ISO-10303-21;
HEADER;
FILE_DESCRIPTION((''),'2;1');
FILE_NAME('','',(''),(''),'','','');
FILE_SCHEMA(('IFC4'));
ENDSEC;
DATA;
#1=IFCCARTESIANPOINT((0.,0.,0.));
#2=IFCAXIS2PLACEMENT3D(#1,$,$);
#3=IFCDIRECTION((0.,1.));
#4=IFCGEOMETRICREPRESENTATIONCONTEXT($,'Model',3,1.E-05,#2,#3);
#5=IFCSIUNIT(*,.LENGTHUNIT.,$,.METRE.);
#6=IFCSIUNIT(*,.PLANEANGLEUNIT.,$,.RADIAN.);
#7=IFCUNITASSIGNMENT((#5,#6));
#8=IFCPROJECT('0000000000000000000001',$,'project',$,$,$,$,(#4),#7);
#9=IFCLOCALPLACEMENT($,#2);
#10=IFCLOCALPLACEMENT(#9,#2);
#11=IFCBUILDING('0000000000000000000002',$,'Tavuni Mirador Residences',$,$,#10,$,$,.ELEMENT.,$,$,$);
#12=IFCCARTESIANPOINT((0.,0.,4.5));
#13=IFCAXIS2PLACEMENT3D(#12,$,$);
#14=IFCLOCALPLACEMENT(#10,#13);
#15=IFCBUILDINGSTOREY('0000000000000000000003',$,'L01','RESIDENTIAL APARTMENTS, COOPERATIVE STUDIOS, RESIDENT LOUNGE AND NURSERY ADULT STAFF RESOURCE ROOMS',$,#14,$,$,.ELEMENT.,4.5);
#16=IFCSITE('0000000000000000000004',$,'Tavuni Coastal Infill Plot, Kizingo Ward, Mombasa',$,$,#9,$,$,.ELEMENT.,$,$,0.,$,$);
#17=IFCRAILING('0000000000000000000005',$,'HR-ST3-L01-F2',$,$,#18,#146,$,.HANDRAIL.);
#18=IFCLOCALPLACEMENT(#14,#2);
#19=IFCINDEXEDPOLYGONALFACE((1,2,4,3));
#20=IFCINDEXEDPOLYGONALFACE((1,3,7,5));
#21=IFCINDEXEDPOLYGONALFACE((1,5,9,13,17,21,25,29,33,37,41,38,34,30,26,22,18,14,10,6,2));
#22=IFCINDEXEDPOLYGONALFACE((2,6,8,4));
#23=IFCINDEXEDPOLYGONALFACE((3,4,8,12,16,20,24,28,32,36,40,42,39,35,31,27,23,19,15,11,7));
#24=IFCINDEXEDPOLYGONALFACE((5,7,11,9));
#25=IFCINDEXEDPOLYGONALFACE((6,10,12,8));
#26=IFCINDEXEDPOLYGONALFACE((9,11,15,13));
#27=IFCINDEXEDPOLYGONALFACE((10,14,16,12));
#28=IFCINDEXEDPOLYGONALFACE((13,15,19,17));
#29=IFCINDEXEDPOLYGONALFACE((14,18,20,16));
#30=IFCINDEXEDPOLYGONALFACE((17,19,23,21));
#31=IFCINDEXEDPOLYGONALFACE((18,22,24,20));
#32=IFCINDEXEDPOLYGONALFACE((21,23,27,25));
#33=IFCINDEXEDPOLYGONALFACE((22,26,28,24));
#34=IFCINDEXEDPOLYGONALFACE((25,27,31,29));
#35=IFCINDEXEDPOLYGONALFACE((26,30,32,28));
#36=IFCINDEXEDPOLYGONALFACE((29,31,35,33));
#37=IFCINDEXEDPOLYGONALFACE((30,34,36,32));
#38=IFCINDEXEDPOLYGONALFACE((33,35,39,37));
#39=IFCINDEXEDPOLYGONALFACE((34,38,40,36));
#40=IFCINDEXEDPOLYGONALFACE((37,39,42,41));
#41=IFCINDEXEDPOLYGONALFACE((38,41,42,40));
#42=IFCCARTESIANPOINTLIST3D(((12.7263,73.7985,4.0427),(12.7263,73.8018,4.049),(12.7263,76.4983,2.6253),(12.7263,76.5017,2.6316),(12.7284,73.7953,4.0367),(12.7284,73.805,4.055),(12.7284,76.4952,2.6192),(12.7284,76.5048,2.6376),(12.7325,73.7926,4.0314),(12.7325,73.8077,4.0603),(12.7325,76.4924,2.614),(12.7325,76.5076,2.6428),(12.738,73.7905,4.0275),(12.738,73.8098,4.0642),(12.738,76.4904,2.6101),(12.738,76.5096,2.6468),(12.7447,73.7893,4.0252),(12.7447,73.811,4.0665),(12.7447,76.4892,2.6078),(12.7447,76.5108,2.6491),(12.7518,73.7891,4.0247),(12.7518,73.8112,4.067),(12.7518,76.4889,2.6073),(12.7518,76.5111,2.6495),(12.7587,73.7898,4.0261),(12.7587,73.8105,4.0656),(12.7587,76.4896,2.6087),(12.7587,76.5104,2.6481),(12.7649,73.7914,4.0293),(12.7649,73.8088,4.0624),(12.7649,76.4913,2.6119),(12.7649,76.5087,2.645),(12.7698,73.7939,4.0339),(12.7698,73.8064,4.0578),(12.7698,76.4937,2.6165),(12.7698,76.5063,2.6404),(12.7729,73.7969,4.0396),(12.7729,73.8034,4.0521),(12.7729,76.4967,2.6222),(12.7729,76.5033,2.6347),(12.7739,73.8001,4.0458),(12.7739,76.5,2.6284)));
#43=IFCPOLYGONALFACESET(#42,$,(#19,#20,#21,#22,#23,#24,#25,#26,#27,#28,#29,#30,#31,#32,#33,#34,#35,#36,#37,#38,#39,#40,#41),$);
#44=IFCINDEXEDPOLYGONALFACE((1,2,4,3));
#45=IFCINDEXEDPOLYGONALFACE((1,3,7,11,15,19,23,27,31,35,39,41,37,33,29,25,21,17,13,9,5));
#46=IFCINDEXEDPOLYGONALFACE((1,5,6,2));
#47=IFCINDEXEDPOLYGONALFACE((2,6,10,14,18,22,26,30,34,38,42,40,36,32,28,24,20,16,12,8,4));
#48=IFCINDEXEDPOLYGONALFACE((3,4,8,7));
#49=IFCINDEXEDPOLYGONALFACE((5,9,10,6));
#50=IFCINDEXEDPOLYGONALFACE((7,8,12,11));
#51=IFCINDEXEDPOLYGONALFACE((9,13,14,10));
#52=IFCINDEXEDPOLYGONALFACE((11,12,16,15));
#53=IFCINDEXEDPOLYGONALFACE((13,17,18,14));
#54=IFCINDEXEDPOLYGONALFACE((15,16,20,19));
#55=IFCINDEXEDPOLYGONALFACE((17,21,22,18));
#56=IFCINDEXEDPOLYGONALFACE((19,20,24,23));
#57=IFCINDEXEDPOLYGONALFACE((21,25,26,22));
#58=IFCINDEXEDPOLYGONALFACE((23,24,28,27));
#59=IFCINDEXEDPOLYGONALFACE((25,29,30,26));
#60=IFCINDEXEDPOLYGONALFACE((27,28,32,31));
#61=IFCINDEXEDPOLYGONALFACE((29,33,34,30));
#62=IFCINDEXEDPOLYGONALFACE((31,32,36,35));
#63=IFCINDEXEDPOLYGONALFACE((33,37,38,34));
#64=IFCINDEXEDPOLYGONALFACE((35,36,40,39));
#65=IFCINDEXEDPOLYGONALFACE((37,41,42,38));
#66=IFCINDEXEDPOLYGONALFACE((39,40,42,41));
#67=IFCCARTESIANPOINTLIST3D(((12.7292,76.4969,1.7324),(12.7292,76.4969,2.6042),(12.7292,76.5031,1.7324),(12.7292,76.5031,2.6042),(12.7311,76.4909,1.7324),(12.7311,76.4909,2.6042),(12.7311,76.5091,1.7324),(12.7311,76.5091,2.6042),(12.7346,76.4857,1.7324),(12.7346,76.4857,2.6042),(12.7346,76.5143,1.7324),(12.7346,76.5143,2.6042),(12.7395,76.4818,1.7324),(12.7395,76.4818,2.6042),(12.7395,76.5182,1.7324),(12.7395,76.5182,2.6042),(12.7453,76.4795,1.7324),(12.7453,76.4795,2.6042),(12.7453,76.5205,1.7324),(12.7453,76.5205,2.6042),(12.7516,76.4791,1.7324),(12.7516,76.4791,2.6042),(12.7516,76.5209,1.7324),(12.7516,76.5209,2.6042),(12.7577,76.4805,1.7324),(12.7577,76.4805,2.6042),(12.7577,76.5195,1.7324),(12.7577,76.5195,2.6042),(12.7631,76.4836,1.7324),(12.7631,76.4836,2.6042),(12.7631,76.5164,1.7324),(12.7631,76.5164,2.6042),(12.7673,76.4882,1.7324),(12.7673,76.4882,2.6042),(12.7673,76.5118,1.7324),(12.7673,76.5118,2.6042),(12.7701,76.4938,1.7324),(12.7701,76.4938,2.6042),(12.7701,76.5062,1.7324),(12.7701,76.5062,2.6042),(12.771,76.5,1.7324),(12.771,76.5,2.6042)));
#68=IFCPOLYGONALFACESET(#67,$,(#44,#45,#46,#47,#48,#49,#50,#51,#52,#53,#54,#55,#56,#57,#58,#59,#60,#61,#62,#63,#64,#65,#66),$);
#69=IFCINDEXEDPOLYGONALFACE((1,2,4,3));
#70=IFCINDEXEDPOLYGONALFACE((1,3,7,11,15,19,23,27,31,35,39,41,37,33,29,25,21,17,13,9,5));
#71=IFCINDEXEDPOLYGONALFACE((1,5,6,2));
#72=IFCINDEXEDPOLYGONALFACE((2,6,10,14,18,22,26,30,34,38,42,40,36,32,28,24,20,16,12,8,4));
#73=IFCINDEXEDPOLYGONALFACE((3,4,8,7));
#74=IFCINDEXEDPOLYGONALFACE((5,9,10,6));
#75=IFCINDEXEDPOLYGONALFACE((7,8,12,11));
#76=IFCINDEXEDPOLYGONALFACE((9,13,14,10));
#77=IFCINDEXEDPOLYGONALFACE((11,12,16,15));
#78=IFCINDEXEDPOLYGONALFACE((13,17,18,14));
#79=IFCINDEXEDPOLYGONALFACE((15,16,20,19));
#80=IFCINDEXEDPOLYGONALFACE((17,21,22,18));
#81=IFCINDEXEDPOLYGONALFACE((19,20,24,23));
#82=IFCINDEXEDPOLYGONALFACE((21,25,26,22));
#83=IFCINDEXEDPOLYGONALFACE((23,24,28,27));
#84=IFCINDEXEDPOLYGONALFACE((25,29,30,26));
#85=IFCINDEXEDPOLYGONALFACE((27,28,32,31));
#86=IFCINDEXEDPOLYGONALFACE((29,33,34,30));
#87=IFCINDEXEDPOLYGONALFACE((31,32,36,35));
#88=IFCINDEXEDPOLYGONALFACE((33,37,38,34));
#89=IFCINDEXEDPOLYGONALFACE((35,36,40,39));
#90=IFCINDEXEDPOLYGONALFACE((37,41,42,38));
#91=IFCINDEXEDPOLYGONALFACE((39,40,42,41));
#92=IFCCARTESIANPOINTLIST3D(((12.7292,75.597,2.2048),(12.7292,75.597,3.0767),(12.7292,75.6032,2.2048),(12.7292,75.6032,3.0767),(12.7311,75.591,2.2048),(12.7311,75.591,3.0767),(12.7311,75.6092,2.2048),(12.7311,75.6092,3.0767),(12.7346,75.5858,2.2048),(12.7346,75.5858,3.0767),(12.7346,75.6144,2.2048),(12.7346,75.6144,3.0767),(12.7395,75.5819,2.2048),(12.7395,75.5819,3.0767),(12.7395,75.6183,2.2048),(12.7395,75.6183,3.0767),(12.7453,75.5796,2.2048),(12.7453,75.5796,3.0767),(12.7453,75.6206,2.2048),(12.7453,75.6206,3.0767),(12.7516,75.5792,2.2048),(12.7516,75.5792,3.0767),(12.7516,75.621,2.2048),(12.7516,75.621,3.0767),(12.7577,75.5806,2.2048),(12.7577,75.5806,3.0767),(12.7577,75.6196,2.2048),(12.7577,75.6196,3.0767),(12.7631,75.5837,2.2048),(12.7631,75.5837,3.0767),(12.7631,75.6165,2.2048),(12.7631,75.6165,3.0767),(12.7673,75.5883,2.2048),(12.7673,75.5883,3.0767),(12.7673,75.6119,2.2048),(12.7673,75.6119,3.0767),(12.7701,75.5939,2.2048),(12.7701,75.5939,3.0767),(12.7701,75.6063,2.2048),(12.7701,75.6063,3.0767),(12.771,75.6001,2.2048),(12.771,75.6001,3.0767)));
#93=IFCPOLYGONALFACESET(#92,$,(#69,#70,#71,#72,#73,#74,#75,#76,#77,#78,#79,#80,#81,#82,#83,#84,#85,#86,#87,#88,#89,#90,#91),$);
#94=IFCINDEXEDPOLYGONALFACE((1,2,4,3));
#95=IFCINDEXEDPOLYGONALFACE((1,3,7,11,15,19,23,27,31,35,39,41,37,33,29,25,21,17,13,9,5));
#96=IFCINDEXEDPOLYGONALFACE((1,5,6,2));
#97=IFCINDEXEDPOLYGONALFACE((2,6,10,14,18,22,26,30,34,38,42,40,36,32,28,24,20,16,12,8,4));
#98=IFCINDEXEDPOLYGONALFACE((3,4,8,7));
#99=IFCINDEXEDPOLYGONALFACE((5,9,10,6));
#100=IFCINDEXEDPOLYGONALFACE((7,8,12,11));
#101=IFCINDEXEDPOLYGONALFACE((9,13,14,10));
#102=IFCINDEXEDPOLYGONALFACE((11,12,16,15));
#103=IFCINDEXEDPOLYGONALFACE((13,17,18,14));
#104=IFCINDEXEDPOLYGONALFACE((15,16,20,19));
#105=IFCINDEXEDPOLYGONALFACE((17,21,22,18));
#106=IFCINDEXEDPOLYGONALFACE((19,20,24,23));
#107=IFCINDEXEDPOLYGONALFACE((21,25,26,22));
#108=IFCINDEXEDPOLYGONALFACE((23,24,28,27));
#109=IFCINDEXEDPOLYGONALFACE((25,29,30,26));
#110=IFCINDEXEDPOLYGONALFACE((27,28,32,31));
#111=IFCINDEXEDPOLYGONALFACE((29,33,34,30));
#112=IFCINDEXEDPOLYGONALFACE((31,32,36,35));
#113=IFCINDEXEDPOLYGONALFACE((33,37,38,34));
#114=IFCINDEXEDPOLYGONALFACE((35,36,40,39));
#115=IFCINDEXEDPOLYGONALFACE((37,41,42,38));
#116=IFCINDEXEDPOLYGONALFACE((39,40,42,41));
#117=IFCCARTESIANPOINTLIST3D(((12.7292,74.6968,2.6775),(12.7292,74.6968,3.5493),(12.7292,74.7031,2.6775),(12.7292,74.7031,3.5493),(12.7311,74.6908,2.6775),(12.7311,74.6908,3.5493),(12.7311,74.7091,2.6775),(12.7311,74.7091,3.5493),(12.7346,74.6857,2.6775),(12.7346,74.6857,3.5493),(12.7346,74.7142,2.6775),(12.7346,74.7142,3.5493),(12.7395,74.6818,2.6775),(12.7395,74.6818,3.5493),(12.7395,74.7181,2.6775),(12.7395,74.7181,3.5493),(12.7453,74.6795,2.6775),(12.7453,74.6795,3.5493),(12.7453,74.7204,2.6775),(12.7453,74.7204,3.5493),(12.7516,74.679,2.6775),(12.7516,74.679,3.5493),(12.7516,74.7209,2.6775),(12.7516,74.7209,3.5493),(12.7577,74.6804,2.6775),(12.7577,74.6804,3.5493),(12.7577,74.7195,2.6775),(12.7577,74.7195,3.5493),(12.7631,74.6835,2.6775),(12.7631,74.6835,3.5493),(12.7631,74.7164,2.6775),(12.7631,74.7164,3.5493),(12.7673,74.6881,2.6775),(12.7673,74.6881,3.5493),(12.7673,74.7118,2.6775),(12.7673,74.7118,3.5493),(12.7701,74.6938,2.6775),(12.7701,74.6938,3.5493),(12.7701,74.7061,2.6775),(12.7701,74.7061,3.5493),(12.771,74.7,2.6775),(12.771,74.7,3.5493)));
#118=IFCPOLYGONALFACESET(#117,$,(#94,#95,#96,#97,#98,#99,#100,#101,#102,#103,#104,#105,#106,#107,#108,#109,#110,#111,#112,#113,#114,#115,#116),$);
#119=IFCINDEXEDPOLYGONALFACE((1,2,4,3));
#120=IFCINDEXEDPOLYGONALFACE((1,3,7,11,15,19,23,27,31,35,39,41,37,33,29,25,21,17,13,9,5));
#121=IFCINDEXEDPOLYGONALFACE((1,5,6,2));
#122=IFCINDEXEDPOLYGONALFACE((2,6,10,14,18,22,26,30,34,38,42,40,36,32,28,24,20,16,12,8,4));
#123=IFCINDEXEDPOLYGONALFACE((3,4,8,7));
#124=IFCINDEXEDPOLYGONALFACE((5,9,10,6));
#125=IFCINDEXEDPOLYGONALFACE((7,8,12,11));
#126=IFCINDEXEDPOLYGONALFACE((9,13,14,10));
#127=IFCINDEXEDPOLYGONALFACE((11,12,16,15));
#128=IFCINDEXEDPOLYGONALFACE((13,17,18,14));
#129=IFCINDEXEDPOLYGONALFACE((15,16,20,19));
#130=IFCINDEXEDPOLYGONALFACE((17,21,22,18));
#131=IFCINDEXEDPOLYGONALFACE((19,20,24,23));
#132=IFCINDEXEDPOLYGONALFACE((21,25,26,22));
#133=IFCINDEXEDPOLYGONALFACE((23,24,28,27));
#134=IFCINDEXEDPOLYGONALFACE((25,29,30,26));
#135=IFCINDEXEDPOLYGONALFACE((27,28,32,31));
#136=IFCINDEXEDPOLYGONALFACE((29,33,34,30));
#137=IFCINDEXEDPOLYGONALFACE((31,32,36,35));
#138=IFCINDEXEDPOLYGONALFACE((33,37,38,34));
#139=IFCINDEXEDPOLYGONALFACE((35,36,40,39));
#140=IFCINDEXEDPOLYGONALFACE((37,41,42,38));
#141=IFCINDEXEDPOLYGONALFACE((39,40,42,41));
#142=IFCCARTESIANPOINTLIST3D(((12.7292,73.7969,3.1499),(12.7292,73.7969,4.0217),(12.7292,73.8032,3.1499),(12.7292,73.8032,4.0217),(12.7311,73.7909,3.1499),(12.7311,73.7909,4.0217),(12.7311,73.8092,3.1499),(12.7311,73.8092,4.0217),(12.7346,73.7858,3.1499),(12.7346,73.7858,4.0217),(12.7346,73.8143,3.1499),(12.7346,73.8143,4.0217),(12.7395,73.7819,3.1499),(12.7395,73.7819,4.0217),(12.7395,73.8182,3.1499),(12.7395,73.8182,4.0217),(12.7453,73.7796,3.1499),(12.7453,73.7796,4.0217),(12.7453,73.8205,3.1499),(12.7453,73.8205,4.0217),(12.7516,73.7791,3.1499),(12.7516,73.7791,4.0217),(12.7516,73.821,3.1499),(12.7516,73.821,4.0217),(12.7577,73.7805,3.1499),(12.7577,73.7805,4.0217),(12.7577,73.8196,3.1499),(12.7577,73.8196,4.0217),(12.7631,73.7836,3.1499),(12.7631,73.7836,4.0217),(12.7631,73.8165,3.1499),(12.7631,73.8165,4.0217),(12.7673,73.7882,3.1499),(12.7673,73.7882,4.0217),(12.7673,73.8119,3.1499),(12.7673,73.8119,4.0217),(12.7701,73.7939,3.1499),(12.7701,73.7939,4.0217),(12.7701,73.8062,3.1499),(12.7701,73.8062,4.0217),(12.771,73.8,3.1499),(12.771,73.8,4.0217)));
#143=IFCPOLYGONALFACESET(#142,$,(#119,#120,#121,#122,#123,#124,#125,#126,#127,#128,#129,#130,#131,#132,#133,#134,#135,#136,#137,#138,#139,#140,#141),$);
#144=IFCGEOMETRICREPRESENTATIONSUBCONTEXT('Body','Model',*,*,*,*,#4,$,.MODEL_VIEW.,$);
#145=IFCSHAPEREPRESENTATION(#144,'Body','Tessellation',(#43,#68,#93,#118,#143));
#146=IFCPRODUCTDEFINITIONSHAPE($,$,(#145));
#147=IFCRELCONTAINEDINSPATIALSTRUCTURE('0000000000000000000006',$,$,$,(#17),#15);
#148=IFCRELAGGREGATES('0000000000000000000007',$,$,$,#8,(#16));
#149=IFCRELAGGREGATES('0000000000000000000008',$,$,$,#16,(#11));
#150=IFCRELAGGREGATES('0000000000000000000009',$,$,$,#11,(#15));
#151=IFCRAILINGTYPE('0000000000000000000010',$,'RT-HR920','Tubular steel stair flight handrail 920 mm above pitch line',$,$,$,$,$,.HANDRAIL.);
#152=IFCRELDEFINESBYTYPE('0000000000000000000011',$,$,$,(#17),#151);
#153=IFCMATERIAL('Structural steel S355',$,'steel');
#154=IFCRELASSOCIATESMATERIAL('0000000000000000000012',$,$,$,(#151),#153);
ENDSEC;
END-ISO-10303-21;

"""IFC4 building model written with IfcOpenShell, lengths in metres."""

from ifc_helpers import new_model, si_unit, direction, frame, origin, origin_2d, place, context, subcontext, project, spatial, circle, extrude, material, type_object, element, save


model = new_model("IFC4")

# Units and contexts
model_context = context("Model", 3, precision=1e-05, world=origin(), true_north=direction((0.0, 1.0)))
body_context = subcontext(model_context, "Body", "Model", "MODEL_VIEW")
ifc_project = project(units=[si_unit("LENGTHUNIT", "METRE"), si_unit("PLANEANGLEUNIT", "RADIAN")], contexts=[model_context])

# Site, building, storey
site_placement = place(None, origin())
site = spatial("IfcSite", under=ifc_project, at=site_placement, Name="Tavuni Coastal Infill Plot, Kizingo Ward, Mombasa", CompositionType="ELEMENT", RefElevation=0.0)
building_placement = place(site_placement, origin())
building = spatial("IfcBuilding", under=site, at=building_placement, Name="Tavuni Mirador Residences", CompositionType="ELEMENT")
storey_placement = place(building_placement, frame((0.0, 0.0, 4.5)))
storey = spatial("IfcBuildingStorey", under=building, at=storey_placement, Name="L01", Description="RESIDENTIAL APARTMENTS, COOPERATIVE STUDIOS, RESIDENT LOUNGE AND NURSERY ADULT STAFF RESOURCE ROOMS", CompositionType="ELEMENT", Elevation=4.5)

# Shared definitions
ifc_material_1 = material(Name="Structural steel S355", Category="steel")

# Railing
railing_type = type_object("IfcRailingType", Name="RT-HR920", Description="Tubular steel stair flight handrail 920 mm above pitch line", PredefinedType="HANDRAIL", material=ifc_material_1)
railing_placement = place(storey_placement, frame((12.75, 76.5, 1.7324)))
element("IfcRailing", 1, at=railing_placement, inside=storey, type_object=railing_type, Name="HR-ST3-L01-F2", PredefinedType="HANDRAIL", context=body_context, shape_type="SweptSolid", body=[
    extrude(circle(Radius=0.0239, at=origin_2d()), frame((0.0, 0.0, 0.896), z_axis=(0.0, -0.885397, 0.464835), x_axis=(1.0, 0.0, 0.0)), (0.0, 0.0, 1.0), 3.0493),
    extrude(circle(Radius=0.021, at=origin_2d()), origin(), (0.0, 0.0, 1.0), 0.8718),
    extrude(circle(Radius=0.021, at=origin_2d()), frame((0.0, -0.8999, 0.4724)), (0.0, 0.0, 1.0), 0.8718),
    extrude(circle(Radius=0.021, at=origin_2d()), frame((0.0, -1.8, 0.9451)), (0.0, 0.0, 1.0), 0.8718),
    extrude(circle(Radius=0.021, at=origin_2d()), frame((0.0, -2.7, 1.4175)), (0.0, 0.0, 1.0), 0.8718),
])

save(model, "model.ifc")
